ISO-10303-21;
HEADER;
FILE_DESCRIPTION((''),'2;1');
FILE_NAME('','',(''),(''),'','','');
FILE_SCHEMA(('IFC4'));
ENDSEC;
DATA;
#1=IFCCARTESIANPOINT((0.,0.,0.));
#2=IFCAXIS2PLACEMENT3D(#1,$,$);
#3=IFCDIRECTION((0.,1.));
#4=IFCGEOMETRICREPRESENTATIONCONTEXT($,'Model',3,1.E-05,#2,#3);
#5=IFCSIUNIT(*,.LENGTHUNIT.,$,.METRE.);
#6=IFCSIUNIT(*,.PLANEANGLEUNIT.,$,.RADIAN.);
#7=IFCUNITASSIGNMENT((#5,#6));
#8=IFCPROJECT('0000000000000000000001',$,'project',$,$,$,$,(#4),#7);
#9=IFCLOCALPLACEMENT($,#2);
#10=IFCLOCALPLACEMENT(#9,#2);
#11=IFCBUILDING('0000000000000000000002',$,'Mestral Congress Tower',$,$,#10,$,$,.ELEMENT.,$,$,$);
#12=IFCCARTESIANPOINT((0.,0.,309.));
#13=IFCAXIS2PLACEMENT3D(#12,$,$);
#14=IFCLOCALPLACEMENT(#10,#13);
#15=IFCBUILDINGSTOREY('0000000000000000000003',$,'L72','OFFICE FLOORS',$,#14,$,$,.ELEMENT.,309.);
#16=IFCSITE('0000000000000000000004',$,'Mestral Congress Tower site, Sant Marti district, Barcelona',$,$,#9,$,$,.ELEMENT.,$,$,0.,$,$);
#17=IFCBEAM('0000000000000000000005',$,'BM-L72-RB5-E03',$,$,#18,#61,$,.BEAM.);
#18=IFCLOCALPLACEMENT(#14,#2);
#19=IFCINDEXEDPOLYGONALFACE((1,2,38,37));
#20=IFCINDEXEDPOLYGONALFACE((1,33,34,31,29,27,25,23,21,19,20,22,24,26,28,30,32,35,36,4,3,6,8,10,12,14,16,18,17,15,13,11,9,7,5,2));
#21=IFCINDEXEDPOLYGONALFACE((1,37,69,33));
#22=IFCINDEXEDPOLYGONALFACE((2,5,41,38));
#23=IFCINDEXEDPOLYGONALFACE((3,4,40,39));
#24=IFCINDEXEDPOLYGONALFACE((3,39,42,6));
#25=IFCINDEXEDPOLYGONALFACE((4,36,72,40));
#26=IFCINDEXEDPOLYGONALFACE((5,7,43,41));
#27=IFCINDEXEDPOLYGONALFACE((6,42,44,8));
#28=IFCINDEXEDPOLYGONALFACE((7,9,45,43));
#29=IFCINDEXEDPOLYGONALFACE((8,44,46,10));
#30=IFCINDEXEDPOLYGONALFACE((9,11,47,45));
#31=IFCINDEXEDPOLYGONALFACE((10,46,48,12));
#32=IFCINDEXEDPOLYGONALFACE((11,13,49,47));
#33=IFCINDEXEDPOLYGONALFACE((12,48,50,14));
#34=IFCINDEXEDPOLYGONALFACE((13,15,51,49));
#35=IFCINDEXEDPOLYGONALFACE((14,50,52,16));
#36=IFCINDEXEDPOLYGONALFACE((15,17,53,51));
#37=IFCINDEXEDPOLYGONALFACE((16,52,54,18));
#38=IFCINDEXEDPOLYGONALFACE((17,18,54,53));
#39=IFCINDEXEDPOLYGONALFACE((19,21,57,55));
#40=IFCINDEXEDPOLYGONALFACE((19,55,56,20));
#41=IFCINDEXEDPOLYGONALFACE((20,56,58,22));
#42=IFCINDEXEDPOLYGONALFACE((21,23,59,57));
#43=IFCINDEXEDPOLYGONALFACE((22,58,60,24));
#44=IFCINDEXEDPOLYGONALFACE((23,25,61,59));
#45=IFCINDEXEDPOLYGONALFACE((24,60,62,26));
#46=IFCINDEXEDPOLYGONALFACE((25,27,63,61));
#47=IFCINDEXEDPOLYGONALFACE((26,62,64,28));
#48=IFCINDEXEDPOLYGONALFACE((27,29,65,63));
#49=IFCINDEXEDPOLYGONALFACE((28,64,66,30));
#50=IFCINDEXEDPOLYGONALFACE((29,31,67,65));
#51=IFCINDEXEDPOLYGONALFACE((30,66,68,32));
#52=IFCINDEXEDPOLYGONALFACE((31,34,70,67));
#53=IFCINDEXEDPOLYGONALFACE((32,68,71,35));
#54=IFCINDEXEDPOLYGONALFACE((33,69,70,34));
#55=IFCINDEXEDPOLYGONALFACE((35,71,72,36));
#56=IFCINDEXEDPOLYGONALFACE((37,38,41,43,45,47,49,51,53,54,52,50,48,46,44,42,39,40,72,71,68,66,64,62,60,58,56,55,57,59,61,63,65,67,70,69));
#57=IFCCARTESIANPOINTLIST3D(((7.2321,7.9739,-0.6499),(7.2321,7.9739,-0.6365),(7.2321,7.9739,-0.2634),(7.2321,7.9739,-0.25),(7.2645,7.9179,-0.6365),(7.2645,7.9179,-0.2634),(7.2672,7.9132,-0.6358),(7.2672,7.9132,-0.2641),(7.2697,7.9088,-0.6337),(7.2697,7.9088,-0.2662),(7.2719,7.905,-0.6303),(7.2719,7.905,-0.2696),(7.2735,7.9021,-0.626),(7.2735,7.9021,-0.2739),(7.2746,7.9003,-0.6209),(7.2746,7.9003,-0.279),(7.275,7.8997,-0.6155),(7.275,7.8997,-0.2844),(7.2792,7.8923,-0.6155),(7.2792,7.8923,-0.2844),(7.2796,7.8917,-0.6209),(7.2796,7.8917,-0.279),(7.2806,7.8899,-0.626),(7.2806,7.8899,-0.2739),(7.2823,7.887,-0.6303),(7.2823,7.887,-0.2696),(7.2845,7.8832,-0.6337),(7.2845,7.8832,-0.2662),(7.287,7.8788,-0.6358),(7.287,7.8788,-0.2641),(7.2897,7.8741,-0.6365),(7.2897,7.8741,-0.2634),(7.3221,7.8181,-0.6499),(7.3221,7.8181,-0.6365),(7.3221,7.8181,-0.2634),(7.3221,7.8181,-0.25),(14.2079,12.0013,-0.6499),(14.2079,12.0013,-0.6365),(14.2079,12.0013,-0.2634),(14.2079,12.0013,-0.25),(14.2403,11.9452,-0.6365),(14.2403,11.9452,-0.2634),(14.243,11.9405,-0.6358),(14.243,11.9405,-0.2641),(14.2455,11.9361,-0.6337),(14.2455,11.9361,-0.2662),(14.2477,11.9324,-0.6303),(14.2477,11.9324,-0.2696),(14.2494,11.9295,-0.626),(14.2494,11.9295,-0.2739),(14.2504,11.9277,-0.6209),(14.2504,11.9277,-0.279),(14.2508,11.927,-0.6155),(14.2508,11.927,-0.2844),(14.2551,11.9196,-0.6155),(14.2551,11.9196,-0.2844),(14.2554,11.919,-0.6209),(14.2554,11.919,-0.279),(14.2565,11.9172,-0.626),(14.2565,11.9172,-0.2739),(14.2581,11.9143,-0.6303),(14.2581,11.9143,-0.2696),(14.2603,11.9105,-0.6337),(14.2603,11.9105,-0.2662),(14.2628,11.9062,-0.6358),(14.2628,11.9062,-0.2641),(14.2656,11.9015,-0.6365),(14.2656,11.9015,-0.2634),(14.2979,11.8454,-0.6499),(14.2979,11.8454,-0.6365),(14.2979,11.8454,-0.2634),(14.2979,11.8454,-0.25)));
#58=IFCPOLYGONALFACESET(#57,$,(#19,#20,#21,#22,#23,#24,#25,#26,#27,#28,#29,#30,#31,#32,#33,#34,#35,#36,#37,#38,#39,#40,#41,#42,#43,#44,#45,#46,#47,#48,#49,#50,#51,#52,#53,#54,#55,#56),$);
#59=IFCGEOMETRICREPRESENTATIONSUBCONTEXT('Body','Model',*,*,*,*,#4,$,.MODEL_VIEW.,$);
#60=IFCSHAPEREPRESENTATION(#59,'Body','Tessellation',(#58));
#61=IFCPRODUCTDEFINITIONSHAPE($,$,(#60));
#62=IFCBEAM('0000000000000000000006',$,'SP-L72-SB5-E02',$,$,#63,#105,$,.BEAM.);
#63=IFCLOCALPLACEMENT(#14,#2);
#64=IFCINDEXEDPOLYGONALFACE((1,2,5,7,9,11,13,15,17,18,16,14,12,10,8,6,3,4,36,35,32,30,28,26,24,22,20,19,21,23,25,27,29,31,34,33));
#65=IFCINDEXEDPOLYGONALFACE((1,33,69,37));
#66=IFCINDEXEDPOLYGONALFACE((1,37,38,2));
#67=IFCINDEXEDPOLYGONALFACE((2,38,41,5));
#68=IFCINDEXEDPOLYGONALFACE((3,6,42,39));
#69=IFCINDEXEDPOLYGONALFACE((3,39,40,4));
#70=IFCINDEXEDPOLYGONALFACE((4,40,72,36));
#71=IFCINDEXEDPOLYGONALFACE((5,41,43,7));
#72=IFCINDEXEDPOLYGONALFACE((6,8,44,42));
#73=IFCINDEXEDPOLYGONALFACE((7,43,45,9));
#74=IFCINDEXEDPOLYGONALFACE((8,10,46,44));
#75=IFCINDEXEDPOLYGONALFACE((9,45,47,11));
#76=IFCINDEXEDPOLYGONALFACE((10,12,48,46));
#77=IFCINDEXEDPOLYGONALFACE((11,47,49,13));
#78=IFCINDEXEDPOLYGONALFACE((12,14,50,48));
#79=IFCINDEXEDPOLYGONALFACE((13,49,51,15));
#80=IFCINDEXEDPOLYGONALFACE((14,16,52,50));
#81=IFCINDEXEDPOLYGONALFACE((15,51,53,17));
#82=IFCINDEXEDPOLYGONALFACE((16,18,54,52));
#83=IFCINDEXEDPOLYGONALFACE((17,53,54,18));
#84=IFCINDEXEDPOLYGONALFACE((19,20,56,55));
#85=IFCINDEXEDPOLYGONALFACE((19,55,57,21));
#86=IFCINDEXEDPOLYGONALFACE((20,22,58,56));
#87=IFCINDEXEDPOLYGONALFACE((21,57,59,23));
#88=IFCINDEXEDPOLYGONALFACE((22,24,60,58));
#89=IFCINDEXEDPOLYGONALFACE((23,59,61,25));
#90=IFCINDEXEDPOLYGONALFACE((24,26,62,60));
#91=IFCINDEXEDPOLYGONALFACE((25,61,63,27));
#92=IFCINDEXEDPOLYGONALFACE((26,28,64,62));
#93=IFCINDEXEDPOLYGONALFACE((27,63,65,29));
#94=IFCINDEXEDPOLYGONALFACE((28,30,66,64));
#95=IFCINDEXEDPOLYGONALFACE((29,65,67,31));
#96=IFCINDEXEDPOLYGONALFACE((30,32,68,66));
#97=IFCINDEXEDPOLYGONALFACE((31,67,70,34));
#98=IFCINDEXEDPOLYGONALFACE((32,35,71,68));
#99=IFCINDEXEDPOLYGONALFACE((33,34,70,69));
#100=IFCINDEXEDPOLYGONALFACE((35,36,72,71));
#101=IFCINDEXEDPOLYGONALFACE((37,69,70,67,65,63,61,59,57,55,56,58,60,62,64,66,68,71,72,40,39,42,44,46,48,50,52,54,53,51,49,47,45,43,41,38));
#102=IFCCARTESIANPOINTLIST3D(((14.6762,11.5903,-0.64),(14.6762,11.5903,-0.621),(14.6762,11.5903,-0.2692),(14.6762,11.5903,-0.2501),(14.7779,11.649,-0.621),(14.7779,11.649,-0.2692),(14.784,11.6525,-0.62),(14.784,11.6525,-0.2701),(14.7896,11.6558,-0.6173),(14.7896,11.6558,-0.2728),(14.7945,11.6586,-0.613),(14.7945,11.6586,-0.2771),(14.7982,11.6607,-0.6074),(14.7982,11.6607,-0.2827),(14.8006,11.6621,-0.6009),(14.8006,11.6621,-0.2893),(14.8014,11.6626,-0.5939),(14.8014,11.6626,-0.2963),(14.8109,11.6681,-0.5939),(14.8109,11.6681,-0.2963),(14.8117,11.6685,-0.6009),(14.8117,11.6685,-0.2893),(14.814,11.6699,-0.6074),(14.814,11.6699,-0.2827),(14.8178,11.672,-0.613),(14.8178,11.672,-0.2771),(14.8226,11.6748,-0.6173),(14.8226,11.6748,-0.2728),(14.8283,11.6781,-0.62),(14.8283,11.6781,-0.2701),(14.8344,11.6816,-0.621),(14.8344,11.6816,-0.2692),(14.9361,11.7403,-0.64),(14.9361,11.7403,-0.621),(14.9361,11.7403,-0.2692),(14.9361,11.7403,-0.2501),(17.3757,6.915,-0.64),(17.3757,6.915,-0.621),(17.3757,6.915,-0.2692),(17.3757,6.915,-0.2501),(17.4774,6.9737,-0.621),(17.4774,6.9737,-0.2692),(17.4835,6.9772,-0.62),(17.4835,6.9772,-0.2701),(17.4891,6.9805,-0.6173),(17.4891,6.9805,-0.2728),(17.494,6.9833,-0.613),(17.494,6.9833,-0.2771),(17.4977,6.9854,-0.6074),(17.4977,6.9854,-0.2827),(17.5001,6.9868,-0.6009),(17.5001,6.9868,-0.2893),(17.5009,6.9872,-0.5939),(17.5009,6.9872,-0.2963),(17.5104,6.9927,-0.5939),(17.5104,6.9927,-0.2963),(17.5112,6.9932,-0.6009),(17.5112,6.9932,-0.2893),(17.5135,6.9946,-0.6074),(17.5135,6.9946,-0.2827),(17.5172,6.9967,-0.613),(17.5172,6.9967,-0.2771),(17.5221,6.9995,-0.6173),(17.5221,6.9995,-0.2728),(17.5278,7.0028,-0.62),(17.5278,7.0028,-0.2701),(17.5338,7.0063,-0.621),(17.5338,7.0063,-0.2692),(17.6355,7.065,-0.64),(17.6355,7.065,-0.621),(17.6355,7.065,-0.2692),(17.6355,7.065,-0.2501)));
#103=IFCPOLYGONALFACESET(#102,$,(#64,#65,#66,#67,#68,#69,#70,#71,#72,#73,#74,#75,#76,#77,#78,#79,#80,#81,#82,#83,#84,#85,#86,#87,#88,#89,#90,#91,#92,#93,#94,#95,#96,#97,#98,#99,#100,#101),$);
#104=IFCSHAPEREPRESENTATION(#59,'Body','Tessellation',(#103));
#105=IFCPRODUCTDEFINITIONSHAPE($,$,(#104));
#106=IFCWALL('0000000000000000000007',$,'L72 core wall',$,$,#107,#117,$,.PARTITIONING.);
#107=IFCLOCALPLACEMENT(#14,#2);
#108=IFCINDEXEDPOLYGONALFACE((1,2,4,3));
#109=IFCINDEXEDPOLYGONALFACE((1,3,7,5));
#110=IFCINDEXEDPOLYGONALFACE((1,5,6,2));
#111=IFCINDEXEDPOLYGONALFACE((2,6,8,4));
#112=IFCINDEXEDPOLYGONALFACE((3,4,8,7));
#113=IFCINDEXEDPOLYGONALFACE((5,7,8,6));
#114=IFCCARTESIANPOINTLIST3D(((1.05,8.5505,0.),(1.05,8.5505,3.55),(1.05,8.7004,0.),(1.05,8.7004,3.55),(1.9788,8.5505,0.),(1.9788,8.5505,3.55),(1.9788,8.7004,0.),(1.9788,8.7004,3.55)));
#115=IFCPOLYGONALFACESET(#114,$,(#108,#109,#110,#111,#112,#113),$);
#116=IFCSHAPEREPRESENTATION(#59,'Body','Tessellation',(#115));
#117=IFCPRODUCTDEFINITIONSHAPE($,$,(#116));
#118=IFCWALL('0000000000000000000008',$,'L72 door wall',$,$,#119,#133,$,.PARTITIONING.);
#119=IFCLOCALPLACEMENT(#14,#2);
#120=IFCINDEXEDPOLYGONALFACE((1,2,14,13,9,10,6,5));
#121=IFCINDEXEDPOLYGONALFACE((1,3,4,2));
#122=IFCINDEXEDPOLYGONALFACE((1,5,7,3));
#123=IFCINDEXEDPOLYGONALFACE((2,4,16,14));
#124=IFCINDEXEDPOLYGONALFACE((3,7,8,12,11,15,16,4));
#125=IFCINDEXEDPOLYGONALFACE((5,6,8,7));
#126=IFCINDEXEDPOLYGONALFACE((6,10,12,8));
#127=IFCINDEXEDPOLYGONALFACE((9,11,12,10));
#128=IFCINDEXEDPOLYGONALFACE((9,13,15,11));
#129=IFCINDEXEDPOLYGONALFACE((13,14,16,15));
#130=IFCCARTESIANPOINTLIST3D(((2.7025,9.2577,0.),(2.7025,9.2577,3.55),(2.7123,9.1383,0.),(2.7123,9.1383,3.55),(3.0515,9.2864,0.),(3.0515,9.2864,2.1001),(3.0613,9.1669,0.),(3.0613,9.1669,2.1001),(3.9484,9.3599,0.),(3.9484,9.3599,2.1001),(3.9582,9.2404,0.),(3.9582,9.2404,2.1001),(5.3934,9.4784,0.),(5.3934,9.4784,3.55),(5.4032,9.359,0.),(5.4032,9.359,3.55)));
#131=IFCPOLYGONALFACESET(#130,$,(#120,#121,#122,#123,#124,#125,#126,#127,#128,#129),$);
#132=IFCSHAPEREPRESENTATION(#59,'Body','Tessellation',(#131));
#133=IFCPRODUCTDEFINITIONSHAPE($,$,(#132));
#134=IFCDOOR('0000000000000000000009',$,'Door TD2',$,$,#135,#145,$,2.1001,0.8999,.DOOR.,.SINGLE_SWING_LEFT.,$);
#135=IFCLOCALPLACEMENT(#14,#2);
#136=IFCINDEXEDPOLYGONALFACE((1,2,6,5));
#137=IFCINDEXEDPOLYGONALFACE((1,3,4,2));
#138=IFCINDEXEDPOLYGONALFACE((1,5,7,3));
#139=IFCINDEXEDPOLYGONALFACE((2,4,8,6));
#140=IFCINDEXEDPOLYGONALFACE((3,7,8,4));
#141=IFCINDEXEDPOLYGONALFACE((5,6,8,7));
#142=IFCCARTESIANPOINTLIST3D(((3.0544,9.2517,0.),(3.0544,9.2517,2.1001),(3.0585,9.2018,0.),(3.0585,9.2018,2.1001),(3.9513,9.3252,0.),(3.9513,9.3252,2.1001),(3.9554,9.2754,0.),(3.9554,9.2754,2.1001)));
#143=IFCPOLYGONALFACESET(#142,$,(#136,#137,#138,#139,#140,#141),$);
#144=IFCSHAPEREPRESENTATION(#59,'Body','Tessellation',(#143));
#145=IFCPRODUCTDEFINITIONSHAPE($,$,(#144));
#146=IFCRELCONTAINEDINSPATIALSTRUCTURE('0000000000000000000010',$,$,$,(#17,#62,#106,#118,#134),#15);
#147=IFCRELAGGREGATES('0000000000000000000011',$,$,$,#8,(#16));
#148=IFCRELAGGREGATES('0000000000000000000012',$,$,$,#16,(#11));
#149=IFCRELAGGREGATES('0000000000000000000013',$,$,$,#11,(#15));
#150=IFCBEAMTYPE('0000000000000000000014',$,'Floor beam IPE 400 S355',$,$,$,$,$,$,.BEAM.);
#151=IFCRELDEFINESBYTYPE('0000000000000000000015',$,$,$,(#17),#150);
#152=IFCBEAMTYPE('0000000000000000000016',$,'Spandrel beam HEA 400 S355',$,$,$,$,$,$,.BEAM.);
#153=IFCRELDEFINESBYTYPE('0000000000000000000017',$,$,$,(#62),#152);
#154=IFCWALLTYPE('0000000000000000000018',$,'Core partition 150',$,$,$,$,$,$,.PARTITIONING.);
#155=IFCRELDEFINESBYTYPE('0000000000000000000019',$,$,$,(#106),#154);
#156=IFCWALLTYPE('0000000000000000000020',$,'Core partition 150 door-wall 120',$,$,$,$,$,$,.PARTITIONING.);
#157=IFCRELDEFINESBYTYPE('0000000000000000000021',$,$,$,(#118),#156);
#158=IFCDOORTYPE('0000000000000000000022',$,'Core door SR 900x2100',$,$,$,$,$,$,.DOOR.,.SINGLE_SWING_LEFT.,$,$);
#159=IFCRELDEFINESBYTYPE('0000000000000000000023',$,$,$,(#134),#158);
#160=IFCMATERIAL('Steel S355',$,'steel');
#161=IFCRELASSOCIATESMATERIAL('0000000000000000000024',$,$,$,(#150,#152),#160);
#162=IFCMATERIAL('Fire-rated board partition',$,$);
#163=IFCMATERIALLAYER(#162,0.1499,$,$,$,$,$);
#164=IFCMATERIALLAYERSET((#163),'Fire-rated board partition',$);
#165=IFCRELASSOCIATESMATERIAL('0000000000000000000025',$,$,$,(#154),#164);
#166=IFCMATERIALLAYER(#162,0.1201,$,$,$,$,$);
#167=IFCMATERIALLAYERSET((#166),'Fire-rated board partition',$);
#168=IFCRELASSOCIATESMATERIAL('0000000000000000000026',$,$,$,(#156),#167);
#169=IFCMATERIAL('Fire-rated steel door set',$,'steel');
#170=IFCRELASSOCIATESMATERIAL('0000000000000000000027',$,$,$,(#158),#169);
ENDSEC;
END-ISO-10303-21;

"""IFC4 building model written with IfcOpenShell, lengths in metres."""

from ifc_helpers import new_model, si_unit, direction, frame, frame_2d, origin, origin_2d, place, context, subcontext, project, spatial, rectangle, i_section, extrude, material, layer, layer_set, material_profile, profile_set, type_object, element, fill, save


model = new_model("IFC4")

# Units and contexts
model_context = context("Model", 3, precision=1e-05, world=origin(), true_north=direction((0.0, 1.0)))
body_context = subcontext(model_context, "Body", "Model", "MODEL_VIEW")
ifc_project = project(units=[si_unit("LENGTHUNIT", "METRE"), si_unit("PLANEANGLEUNIT", "RADIAN")], contexts=[model_context])

# Site, building, storey
site_placement = place(None, origin())
site = spatial("IfcSite", under=ifc_project, at=site_placement, Name="Mestral Congress Tower site, Sant Marti district, Barcelona", CompositionType="ELEMENT", RefElevation=0.0)
building_placement = place(site_placement, origin())
building = spatial("IfcBuilding", under=site, at=building_placement, Name="Mestral Congress Tower", CompositionType="ELEMENT")
storey_placement = place(building_placement, frame((0.0, 0.0, 309.0)))
storey = spatial("IfcBuildingStorey", under=building, at=storey_placement, Name="L72", Description="OFFICE FLOORS", CompositionType="ELEMENT", Elevation=309.0)

# Beams
ifc_material_1 = material(Name="Steel S355", Category="steel")
ifc_material_profile_1 = material_profile(ifc_material_1, i_section(OverallWidth=0.1799, OverallDepth=0.3999, WebThickness=0.0085, FlangeThickness=0.0134, FilletRadius=0.021, at=origin_2d()), Name="IPE 400")
ifc_profile_set_1 = profile_set([ifc_material_profile_1], Name="Steel S355")
beam_type_1 = type_object("IfcBeamType", Name="Floor beam IPE 400 S355", PredefinedType="BEAM", material=ifc_profile_set_1)
beam_1_placement = place(storey_placement, frame((14.2529, 11.9233, -0.45), z_axis=(-0.866034, -0.499986, 0.0), x_axis=(0.499986, -0.866034, 0.0)))
element("IfcBeam", 1, at=beam_1_placement, inside=storey, type_object=beam_type_1, Name="BM-L72-RB5-E03", PredefinedType="BEAM", context=body_context, shape_type="SweptSolid", body=[
    extrude(i_section(OverallWidth=0.1799, OverallDepth=0.3999, WebThickness=0.0085, FlangeThickness=0.0134, FilletRadius=0.021, at=origin_2d()), origin(), (0.0, 0.0, 1.0), 8.0549),
])
ifc_material_profile_2 = material_profile(ifc_material_1, i_section(OverallWidth=0.3, OverallDepth=0.3899, WebThickness=0.011, FlangeThickness=0.019, FilletRadius=0.0271, at=origin_2d()), Name="HEA 400")
ifc_profile_set_2 = profile_set([ifc_material_profile_2], Name="Steel S355")
beam_type_2 = type_object("IfcBeamType", Name="Spandrel beam HEA 400 S355", PredefinedType="BEAM", material=ifc_profile_set_2)
beam_2_placement = place(storey_placement, frame((17.5056, 6.99, -0.4451), z_axis=(-0.500025, 0.866011, 0.0), x_axis=(-0.866011, -0.500025, 0.0)))
element("IfcBeam", 2, at=beam_2_placement, inside=storey, type_object=beam_type_2, Name="SP-L72-SB5-E02", PredefinedType="BEAM", context=body_context, shape_type="SweptSolid", body=[
    extrude(i_section(OverallWidth=0.3, OverallDepth=0.3899, WebThickness=0.011, FlangeThickness=0.019, FilletRadius=0.0271, at=origin_2d()), origin(), (0.0, 0.0, 1.0), 5.3987),
])

# Wall
ifc_material_2 = material(Name="Fire-rated board partition")
ifc_layer_1 = layer(ifc_material_2, 0.1499)
ifc_layer_set_1 = layer_set([ifc_layer_1], Name="Fire-rated board partition")
wall_type_1 = type_object("IfcWallType", Name="Core partition 150", PredefinedType="PARTITIONING", material=ifc_layer_set_1)
wall_1_placement = place(storey_placement, frame((1.05, 8.6255, 0.0), z_axis=(0.0, 0.0, 1.0), x_axis=(1.0, 0.0, 0.0)))
element("IfcWall", 3, at=wall_1_placement, inside=storey, type_object=wall_type_1, Name="L72 core wall", PredefinedType="PARTITIONING", context=body_context, shape_type="SweptSolid", body=[
    extrude(rectangle(XDim=0.9287, YDim=0.1499, at=frame_2d((0.4644, 0.0))), origin(), (0.0, 0.0, 1.0), 3.55),
])

# Wall, opening, door
ifc_layer_2 = layer(ifc_material_2, 0.1201)
ifc_layer_set_2 = layer_set([ifc_layer_2], Name="Fire-rated board partition")
wall_type_2 = type_object("IfcWallType", Name="Core partition 150 door-wall 120", PredefinedType="PARTITIONING", material=ifc_layer_set_2)
wall_2_placement = place(storey_placement, frame((5.3984, 9.4187, 0.0), z_axis=(0.0, 0.0, 1.0), x_axis=(-0.996653, -0.081743, 0.0)))
wall_2 = element("IfcWall", 4, at=wall_2_placement, inside=storey, type_object=wall_type_2, Name="L72 door wall", PredefinedType="PARTITIONING", context=body_context, shape_type="SweptSolid", body=[
    extrude(rectangle(XDim=2.7, YDim=0.1199, at=frame_2d((1.3501, 0.0))), origin(), (0.0, 0.0, 1.0), 3.55),
])
opening_1_placement = place(wall_2_placement, frame((1.45, 0.0, 0.0)))
opening_1 = element("IfcOpeningElement", 5, at=opening_1_placement, cuts=wall_2, PredefinedType="OPENING", context=body_context, shape_type="SweptSolid", body=[
    extrude(rectangle(XDim=0.8999, YDim=2.1001, at=frame_2d((0.45, 1.05))), frame((0.0, 0.0698, 0.0), z_axis=(0.0, -1.0, 0.0), x_axis=(1.0, 0.0, 0.0)), (0.0, 0.0, 1.0), 0.1399),
])
ifc_material_3 = material(Name="Fire-rated steel door set", Category="steel")
door_type_1 = type_object("IfcDoorType", Name="Core door SR 900x2100", OperationType="SINGLE_SWING_LEFT", PredefinedType="DOOR", material=ifc_material_3)
door_1_placement = place(opening_1_placement, origin())
door_1 = element("IfcDoor", 6, at=door_1_placement, inside=storey, type_object=door_type_1, Name="Door TD2", OperationType="SINGLE_SWING_LEFT", OverallHeight=2.1001, OverallWidth=0.8999, PredefinedType="DOOR", context=body_context, shape_type="SweptSolid", body=[
    extrude(rectangle(XDim=0.8999, YDim=2.1001, at=frame_2d((0.45, 1.05))), frame((0.0, 0.0249, 0.0), z_axis=(0.0, -1.0, 0.0), x_axis=(1.0, 0.0, 0.0)), (0.0, 0.0, 1.0), 0.05),
])
fill(opening_1, door_1)

save(model, "model.ifc")
